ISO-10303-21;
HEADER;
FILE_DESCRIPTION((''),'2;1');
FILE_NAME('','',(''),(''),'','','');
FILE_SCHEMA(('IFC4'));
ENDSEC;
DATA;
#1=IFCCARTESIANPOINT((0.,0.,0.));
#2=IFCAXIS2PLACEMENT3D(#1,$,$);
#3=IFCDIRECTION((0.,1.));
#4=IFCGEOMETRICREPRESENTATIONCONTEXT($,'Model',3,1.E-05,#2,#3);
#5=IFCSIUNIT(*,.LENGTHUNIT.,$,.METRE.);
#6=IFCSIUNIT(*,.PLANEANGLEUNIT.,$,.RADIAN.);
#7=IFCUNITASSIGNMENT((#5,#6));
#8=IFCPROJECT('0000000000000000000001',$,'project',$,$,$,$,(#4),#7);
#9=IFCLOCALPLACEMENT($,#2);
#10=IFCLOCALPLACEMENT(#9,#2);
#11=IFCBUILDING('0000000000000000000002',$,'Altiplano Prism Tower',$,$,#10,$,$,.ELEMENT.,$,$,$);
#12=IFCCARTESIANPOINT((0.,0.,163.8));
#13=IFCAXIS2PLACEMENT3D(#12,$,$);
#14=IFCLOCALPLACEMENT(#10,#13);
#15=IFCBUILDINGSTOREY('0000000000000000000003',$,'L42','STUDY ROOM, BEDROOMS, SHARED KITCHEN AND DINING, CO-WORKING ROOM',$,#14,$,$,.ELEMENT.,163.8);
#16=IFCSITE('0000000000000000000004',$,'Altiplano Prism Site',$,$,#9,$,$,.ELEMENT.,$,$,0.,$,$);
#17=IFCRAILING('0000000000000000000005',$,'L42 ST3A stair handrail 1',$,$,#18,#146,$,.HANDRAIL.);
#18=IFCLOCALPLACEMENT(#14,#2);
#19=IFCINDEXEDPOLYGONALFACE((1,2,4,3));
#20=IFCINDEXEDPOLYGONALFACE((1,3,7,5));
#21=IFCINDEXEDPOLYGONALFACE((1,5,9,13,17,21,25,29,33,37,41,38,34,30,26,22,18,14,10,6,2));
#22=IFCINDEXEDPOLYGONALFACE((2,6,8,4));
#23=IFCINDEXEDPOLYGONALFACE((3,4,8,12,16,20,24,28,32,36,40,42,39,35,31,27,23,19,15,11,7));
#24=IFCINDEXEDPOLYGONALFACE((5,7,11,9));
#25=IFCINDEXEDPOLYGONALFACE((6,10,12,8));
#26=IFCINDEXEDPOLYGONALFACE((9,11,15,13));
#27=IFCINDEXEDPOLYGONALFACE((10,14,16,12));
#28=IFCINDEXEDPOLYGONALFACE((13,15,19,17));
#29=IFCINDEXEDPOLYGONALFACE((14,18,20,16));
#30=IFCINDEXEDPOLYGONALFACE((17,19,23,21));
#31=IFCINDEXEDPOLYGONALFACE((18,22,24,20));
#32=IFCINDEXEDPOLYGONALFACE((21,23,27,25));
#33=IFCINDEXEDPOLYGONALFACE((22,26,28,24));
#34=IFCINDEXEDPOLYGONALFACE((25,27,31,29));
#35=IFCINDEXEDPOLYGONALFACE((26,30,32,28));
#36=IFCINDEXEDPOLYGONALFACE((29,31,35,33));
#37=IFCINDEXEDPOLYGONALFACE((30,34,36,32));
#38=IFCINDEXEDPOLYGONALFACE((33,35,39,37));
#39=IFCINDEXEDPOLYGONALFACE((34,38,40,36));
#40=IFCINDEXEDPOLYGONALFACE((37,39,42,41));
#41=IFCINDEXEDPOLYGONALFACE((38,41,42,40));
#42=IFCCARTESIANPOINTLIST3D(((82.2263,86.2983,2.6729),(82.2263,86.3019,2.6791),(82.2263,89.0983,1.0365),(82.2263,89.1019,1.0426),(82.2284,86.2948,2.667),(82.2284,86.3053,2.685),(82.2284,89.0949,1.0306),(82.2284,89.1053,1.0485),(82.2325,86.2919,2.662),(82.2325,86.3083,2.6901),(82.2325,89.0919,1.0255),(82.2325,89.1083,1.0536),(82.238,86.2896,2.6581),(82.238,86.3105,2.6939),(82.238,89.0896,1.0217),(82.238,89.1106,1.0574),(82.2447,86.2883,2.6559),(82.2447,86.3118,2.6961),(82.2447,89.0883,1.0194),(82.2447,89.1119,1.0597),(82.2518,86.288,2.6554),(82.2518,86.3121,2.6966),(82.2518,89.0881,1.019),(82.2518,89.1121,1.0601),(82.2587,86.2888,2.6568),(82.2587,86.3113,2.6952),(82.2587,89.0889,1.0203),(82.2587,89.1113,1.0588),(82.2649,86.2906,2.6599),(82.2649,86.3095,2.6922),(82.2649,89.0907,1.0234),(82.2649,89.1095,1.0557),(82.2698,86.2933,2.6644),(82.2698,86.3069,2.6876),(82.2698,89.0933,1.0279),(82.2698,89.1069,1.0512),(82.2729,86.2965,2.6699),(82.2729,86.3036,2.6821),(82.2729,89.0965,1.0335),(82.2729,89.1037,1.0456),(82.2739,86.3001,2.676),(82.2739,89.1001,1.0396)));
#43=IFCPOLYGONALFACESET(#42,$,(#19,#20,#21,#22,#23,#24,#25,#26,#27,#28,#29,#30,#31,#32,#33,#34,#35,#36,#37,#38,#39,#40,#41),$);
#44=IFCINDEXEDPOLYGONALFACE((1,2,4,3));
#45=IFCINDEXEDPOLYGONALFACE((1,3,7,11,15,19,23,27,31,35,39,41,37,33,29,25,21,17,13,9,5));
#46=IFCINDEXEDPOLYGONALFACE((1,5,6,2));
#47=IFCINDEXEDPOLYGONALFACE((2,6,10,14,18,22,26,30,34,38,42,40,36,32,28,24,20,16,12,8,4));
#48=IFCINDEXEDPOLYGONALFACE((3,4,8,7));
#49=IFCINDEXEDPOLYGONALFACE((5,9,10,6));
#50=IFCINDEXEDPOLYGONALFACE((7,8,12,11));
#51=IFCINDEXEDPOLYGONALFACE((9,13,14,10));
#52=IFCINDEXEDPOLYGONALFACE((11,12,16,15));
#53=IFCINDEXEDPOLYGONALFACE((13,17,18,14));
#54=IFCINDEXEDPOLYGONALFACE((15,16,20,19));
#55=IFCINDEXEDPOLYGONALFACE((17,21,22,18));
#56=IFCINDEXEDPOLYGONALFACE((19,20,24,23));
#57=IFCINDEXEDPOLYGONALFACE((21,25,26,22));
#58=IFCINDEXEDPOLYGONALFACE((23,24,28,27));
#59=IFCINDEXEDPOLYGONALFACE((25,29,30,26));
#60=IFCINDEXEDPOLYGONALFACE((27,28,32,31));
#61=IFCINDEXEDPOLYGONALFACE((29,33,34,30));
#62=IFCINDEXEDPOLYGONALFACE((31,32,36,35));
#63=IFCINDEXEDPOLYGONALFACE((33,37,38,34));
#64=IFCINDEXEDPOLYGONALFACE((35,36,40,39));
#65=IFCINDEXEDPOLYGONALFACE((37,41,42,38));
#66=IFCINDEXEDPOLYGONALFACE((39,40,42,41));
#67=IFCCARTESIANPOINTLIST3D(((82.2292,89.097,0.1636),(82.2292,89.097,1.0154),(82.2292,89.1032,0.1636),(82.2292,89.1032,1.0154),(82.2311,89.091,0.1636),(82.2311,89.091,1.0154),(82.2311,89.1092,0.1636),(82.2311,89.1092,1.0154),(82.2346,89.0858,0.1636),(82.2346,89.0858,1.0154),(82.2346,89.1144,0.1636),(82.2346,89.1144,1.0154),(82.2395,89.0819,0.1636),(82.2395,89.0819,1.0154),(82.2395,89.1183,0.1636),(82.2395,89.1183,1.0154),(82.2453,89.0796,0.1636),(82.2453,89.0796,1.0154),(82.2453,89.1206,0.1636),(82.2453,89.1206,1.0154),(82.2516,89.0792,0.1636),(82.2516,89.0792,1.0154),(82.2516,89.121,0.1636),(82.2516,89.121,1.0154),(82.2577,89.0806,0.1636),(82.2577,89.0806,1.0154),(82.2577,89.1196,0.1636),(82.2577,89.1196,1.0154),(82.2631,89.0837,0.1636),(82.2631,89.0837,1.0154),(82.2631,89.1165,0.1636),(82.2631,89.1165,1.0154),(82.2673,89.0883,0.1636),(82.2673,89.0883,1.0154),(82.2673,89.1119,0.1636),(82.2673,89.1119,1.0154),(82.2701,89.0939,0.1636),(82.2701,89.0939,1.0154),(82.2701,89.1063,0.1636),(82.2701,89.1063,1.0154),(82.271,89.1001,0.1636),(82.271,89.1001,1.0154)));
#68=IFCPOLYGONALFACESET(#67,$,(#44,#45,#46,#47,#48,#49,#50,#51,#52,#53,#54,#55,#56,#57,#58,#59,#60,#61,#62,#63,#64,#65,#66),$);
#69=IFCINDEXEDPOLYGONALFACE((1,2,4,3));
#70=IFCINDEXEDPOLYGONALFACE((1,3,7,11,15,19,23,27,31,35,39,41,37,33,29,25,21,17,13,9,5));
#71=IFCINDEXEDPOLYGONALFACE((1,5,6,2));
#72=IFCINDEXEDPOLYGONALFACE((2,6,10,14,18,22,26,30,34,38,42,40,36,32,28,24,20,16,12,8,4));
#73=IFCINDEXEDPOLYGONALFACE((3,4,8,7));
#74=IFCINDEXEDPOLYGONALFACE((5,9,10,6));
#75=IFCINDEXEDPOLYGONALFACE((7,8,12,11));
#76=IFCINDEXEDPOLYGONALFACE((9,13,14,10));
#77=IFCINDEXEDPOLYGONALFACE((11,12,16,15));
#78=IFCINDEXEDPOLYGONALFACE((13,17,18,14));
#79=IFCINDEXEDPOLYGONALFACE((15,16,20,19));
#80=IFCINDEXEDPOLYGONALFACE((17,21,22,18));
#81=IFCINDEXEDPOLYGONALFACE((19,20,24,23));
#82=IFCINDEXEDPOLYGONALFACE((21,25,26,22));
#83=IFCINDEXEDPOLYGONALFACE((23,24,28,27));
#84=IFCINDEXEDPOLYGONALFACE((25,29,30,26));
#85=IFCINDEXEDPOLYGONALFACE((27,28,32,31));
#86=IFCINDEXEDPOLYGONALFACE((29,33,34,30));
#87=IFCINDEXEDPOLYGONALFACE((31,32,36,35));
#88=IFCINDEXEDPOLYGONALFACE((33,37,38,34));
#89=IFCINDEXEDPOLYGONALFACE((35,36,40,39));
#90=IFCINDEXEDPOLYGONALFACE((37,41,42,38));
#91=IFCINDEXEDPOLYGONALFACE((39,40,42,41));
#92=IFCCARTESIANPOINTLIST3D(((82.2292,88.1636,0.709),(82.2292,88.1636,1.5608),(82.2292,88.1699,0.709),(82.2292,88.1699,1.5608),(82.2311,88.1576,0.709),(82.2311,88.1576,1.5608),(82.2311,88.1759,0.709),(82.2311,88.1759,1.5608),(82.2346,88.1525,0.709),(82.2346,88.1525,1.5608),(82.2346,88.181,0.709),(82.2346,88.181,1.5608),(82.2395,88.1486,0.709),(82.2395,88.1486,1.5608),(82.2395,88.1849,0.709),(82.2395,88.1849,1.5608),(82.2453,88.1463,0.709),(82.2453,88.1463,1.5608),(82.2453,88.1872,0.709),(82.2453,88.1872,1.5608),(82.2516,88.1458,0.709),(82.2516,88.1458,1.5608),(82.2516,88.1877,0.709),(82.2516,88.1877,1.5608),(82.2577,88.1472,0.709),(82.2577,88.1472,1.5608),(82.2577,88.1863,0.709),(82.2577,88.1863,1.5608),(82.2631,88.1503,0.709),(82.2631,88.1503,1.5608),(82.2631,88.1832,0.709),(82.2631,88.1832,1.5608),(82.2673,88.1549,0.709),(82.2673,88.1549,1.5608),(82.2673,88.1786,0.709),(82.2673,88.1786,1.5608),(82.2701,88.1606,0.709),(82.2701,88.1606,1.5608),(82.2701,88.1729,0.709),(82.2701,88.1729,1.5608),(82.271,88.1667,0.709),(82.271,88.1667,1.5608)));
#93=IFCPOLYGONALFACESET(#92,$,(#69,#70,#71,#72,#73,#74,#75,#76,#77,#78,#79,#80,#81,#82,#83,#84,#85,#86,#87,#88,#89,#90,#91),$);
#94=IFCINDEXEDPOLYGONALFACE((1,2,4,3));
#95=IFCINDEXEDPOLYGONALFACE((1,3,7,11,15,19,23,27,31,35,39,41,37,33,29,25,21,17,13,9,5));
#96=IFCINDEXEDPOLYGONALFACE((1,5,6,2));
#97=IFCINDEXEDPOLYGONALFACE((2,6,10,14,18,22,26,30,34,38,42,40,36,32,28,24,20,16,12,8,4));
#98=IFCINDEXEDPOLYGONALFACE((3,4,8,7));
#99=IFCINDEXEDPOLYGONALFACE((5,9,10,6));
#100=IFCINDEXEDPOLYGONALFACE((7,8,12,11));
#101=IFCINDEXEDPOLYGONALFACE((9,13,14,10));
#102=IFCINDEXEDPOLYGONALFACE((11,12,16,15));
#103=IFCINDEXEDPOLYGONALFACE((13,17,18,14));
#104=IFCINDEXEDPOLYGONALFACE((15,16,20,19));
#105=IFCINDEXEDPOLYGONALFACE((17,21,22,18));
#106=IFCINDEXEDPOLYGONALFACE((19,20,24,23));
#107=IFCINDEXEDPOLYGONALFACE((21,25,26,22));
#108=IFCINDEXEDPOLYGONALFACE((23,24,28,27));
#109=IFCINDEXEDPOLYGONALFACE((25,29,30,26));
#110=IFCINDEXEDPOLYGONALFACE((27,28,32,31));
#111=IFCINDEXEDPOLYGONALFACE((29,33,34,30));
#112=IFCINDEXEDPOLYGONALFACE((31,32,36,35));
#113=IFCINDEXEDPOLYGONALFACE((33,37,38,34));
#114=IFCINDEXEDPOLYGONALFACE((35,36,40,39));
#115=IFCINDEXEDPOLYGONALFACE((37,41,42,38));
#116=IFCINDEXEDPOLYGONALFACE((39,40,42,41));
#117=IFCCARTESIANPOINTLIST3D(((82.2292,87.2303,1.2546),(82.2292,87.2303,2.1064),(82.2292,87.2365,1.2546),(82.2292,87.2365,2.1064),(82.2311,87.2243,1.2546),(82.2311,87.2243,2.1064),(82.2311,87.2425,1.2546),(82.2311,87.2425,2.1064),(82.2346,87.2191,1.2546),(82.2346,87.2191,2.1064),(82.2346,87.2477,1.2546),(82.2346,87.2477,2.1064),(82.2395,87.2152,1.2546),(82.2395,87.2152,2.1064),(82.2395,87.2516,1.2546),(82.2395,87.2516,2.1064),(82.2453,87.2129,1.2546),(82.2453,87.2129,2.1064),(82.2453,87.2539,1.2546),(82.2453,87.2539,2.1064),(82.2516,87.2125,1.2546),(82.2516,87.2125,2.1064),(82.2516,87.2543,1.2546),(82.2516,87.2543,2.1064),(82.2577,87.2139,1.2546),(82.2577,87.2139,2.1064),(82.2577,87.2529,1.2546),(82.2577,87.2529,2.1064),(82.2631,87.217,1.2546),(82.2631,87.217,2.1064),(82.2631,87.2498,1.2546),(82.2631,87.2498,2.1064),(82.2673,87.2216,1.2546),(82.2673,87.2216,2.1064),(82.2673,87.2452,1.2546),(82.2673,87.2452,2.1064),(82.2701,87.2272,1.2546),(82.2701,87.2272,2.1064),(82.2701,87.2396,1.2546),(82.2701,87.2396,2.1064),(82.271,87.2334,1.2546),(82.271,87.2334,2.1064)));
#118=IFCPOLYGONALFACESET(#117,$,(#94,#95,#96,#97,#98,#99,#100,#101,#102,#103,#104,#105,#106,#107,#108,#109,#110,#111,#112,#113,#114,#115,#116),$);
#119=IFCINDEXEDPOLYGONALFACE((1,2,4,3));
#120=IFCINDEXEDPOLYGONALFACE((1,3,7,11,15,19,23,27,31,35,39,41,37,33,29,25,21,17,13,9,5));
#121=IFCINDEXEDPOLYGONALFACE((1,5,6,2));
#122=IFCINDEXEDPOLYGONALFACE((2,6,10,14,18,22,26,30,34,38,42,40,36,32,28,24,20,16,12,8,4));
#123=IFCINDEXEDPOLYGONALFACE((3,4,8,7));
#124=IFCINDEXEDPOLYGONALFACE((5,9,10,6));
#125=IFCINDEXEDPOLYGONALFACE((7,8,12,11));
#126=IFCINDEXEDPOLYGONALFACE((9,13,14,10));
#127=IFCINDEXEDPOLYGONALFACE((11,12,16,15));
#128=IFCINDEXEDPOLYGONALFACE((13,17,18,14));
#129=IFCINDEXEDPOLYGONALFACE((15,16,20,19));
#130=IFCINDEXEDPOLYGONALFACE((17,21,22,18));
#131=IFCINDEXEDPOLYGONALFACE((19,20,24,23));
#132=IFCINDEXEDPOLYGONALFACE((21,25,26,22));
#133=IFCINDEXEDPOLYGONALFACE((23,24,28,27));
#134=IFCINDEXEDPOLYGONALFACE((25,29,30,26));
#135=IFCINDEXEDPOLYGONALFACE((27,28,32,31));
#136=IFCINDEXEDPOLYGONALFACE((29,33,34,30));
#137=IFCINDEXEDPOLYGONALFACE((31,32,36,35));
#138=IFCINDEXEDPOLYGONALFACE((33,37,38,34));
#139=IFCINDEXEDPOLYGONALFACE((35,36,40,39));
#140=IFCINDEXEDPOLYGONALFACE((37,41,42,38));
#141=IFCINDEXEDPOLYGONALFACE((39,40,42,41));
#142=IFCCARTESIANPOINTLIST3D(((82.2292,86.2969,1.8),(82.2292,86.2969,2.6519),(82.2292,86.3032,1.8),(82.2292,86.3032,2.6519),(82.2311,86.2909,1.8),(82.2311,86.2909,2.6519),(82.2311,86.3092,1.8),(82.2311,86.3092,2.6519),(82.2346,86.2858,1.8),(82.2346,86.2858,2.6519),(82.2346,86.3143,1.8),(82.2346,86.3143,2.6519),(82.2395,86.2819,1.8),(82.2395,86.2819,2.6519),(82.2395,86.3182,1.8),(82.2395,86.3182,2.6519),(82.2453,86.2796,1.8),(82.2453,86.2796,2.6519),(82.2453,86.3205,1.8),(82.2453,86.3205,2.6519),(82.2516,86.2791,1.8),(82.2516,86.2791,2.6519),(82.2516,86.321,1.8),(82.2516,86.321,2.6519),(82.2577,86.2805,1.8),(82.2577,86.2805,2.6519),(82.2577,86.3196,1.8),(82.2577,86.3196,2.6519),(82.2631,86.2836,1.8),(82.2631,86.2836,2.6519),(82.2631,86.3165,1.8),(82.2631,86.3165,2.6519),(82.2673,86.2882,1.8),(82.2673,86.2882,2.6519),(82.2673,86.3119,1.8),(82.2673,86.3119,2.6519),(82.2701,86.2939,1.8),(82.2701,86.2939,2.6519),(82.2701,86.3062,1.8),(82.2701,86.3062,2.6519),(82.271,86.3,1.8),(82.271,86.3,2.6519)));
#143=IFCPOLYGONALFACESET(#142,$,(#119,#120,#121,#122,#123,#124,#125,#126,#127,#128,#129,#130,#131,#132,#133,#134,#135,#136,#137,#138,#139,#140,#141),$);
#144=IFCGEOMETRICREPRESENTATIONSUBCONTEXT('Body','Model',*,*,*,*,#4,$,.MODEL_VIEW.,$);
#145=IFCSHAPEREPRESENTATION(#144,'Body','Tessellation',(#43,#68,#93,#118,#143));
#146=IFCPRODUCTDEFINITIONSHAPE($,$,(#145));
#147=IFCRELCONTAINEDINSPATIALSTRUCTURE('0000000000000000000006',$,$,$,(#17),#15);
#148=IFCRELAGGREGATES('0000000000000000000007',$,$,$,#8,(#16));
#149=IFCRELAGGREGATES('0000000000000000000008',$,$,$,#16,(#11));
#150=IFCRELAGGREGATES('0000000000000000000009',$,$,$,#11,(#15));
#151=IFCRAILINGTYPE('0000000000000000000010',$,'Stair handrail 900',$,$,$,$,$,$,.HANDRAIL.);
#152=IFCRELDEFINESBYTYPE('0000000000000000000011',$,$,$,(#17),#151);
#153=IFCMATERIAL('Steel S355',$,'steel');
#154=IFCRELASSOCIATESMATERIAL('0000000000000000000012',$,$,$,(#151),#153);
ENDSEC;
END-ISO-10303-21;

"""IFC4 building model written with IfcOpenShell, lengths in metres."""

from ifc_helpers import new_model, si_unit, direction, frame, origin, origin_2d, place, context, subcontext, project, spatial, circle, extrude, material, type_object, element, save


model = new_model("IFC4")

# Units and contexts
model_context = context("Model", 3, precision=1e-05, world=origin(), true_north=direction((0.0, 1.0)))
body_context = subcontext(model_context, "Body", "Model", "MODEL_VIEW")
ifc_project = project(units=[si_unit("LENGTHUNIT", "METRE"), si_unit("PLANEANGLEUNIT", "RADIAN")], contexts=[model_context])

# Site, building, storey
site_placement = place(None, origin())
site = spatial("IfcSite", under=ifc_project, at=site_placement, Name="Altiplano Prism Site", CompositionType="ELEMENT", RefElevation=0.0)
building_placement = place(site_placement, origin())
building = spatial("IfcBuilding", under=site, at=building_placement, Name="Altiplano Prism Tower", CompositionType="ELEMENT")
storey_placement = place(building_placement, frame((0.0, 0.0, 163.8)))
storey = spatial("IfcBuildingStorey", under=building, at=storey_placement, Name="L42", Description="STUDY ROOM, BEDROOMS, SHARED KITCHEN AND DINING, CO-WORKING ROOM", CompositionType="ELEMENT", Elevation=163.8)

# Railing
ifc_material_1 = material(Name="Steel S355", Category="steel")
railing_type = type_object("IfcRailingType", Name="Stair handrail 900", PredefinedType="HANDRAIL", material=ifc_material_1)
railing_placement = place(storey_placement, frame((82.25, 89.1001, 0.1636)))
element("IfcRailing", 1, at=railing_placement, inside=storey, type_object=railing_type, Name="L42 ST3A stair handrail 1", PredefinedType="HANDRAIL", context=body_context, shape_type="SweptSolid", body=[
    extrude(circle(Radius=0.0239, at=origin_2d()), frame((0.0, 0.0, 0.876), z_axis=(0.0, -0.863361, 0.504587), x_axis=(1.0, 0.0, 0.0)), (0.0, 0.0, 1.0), 3.2432),
    extrude(circle(Radius=0.021, at=origin_2d()), origin(), (0.0, 0.0, 1.0), 0.8518),
    extrude(circle(Radius=0.021, at=origin_2d()), frame((0.0, -0.9333, 0.5454)), (0.0, 0.0, 1.0), 0.8518),
    extrude(circle(Radius=0.021, at=origin_2d()), frame((0.0, -1.8667, 1.0911)), (0.0, 0.0, 1.0), 0.8518),
    extrude(circle(Radius=0.021, at=origin_2d()), frame((0.0, -2.8, 1.6365)), (0.0, 0.0, 1.0), 0.8518),
])

save(model, "model.ifc")
